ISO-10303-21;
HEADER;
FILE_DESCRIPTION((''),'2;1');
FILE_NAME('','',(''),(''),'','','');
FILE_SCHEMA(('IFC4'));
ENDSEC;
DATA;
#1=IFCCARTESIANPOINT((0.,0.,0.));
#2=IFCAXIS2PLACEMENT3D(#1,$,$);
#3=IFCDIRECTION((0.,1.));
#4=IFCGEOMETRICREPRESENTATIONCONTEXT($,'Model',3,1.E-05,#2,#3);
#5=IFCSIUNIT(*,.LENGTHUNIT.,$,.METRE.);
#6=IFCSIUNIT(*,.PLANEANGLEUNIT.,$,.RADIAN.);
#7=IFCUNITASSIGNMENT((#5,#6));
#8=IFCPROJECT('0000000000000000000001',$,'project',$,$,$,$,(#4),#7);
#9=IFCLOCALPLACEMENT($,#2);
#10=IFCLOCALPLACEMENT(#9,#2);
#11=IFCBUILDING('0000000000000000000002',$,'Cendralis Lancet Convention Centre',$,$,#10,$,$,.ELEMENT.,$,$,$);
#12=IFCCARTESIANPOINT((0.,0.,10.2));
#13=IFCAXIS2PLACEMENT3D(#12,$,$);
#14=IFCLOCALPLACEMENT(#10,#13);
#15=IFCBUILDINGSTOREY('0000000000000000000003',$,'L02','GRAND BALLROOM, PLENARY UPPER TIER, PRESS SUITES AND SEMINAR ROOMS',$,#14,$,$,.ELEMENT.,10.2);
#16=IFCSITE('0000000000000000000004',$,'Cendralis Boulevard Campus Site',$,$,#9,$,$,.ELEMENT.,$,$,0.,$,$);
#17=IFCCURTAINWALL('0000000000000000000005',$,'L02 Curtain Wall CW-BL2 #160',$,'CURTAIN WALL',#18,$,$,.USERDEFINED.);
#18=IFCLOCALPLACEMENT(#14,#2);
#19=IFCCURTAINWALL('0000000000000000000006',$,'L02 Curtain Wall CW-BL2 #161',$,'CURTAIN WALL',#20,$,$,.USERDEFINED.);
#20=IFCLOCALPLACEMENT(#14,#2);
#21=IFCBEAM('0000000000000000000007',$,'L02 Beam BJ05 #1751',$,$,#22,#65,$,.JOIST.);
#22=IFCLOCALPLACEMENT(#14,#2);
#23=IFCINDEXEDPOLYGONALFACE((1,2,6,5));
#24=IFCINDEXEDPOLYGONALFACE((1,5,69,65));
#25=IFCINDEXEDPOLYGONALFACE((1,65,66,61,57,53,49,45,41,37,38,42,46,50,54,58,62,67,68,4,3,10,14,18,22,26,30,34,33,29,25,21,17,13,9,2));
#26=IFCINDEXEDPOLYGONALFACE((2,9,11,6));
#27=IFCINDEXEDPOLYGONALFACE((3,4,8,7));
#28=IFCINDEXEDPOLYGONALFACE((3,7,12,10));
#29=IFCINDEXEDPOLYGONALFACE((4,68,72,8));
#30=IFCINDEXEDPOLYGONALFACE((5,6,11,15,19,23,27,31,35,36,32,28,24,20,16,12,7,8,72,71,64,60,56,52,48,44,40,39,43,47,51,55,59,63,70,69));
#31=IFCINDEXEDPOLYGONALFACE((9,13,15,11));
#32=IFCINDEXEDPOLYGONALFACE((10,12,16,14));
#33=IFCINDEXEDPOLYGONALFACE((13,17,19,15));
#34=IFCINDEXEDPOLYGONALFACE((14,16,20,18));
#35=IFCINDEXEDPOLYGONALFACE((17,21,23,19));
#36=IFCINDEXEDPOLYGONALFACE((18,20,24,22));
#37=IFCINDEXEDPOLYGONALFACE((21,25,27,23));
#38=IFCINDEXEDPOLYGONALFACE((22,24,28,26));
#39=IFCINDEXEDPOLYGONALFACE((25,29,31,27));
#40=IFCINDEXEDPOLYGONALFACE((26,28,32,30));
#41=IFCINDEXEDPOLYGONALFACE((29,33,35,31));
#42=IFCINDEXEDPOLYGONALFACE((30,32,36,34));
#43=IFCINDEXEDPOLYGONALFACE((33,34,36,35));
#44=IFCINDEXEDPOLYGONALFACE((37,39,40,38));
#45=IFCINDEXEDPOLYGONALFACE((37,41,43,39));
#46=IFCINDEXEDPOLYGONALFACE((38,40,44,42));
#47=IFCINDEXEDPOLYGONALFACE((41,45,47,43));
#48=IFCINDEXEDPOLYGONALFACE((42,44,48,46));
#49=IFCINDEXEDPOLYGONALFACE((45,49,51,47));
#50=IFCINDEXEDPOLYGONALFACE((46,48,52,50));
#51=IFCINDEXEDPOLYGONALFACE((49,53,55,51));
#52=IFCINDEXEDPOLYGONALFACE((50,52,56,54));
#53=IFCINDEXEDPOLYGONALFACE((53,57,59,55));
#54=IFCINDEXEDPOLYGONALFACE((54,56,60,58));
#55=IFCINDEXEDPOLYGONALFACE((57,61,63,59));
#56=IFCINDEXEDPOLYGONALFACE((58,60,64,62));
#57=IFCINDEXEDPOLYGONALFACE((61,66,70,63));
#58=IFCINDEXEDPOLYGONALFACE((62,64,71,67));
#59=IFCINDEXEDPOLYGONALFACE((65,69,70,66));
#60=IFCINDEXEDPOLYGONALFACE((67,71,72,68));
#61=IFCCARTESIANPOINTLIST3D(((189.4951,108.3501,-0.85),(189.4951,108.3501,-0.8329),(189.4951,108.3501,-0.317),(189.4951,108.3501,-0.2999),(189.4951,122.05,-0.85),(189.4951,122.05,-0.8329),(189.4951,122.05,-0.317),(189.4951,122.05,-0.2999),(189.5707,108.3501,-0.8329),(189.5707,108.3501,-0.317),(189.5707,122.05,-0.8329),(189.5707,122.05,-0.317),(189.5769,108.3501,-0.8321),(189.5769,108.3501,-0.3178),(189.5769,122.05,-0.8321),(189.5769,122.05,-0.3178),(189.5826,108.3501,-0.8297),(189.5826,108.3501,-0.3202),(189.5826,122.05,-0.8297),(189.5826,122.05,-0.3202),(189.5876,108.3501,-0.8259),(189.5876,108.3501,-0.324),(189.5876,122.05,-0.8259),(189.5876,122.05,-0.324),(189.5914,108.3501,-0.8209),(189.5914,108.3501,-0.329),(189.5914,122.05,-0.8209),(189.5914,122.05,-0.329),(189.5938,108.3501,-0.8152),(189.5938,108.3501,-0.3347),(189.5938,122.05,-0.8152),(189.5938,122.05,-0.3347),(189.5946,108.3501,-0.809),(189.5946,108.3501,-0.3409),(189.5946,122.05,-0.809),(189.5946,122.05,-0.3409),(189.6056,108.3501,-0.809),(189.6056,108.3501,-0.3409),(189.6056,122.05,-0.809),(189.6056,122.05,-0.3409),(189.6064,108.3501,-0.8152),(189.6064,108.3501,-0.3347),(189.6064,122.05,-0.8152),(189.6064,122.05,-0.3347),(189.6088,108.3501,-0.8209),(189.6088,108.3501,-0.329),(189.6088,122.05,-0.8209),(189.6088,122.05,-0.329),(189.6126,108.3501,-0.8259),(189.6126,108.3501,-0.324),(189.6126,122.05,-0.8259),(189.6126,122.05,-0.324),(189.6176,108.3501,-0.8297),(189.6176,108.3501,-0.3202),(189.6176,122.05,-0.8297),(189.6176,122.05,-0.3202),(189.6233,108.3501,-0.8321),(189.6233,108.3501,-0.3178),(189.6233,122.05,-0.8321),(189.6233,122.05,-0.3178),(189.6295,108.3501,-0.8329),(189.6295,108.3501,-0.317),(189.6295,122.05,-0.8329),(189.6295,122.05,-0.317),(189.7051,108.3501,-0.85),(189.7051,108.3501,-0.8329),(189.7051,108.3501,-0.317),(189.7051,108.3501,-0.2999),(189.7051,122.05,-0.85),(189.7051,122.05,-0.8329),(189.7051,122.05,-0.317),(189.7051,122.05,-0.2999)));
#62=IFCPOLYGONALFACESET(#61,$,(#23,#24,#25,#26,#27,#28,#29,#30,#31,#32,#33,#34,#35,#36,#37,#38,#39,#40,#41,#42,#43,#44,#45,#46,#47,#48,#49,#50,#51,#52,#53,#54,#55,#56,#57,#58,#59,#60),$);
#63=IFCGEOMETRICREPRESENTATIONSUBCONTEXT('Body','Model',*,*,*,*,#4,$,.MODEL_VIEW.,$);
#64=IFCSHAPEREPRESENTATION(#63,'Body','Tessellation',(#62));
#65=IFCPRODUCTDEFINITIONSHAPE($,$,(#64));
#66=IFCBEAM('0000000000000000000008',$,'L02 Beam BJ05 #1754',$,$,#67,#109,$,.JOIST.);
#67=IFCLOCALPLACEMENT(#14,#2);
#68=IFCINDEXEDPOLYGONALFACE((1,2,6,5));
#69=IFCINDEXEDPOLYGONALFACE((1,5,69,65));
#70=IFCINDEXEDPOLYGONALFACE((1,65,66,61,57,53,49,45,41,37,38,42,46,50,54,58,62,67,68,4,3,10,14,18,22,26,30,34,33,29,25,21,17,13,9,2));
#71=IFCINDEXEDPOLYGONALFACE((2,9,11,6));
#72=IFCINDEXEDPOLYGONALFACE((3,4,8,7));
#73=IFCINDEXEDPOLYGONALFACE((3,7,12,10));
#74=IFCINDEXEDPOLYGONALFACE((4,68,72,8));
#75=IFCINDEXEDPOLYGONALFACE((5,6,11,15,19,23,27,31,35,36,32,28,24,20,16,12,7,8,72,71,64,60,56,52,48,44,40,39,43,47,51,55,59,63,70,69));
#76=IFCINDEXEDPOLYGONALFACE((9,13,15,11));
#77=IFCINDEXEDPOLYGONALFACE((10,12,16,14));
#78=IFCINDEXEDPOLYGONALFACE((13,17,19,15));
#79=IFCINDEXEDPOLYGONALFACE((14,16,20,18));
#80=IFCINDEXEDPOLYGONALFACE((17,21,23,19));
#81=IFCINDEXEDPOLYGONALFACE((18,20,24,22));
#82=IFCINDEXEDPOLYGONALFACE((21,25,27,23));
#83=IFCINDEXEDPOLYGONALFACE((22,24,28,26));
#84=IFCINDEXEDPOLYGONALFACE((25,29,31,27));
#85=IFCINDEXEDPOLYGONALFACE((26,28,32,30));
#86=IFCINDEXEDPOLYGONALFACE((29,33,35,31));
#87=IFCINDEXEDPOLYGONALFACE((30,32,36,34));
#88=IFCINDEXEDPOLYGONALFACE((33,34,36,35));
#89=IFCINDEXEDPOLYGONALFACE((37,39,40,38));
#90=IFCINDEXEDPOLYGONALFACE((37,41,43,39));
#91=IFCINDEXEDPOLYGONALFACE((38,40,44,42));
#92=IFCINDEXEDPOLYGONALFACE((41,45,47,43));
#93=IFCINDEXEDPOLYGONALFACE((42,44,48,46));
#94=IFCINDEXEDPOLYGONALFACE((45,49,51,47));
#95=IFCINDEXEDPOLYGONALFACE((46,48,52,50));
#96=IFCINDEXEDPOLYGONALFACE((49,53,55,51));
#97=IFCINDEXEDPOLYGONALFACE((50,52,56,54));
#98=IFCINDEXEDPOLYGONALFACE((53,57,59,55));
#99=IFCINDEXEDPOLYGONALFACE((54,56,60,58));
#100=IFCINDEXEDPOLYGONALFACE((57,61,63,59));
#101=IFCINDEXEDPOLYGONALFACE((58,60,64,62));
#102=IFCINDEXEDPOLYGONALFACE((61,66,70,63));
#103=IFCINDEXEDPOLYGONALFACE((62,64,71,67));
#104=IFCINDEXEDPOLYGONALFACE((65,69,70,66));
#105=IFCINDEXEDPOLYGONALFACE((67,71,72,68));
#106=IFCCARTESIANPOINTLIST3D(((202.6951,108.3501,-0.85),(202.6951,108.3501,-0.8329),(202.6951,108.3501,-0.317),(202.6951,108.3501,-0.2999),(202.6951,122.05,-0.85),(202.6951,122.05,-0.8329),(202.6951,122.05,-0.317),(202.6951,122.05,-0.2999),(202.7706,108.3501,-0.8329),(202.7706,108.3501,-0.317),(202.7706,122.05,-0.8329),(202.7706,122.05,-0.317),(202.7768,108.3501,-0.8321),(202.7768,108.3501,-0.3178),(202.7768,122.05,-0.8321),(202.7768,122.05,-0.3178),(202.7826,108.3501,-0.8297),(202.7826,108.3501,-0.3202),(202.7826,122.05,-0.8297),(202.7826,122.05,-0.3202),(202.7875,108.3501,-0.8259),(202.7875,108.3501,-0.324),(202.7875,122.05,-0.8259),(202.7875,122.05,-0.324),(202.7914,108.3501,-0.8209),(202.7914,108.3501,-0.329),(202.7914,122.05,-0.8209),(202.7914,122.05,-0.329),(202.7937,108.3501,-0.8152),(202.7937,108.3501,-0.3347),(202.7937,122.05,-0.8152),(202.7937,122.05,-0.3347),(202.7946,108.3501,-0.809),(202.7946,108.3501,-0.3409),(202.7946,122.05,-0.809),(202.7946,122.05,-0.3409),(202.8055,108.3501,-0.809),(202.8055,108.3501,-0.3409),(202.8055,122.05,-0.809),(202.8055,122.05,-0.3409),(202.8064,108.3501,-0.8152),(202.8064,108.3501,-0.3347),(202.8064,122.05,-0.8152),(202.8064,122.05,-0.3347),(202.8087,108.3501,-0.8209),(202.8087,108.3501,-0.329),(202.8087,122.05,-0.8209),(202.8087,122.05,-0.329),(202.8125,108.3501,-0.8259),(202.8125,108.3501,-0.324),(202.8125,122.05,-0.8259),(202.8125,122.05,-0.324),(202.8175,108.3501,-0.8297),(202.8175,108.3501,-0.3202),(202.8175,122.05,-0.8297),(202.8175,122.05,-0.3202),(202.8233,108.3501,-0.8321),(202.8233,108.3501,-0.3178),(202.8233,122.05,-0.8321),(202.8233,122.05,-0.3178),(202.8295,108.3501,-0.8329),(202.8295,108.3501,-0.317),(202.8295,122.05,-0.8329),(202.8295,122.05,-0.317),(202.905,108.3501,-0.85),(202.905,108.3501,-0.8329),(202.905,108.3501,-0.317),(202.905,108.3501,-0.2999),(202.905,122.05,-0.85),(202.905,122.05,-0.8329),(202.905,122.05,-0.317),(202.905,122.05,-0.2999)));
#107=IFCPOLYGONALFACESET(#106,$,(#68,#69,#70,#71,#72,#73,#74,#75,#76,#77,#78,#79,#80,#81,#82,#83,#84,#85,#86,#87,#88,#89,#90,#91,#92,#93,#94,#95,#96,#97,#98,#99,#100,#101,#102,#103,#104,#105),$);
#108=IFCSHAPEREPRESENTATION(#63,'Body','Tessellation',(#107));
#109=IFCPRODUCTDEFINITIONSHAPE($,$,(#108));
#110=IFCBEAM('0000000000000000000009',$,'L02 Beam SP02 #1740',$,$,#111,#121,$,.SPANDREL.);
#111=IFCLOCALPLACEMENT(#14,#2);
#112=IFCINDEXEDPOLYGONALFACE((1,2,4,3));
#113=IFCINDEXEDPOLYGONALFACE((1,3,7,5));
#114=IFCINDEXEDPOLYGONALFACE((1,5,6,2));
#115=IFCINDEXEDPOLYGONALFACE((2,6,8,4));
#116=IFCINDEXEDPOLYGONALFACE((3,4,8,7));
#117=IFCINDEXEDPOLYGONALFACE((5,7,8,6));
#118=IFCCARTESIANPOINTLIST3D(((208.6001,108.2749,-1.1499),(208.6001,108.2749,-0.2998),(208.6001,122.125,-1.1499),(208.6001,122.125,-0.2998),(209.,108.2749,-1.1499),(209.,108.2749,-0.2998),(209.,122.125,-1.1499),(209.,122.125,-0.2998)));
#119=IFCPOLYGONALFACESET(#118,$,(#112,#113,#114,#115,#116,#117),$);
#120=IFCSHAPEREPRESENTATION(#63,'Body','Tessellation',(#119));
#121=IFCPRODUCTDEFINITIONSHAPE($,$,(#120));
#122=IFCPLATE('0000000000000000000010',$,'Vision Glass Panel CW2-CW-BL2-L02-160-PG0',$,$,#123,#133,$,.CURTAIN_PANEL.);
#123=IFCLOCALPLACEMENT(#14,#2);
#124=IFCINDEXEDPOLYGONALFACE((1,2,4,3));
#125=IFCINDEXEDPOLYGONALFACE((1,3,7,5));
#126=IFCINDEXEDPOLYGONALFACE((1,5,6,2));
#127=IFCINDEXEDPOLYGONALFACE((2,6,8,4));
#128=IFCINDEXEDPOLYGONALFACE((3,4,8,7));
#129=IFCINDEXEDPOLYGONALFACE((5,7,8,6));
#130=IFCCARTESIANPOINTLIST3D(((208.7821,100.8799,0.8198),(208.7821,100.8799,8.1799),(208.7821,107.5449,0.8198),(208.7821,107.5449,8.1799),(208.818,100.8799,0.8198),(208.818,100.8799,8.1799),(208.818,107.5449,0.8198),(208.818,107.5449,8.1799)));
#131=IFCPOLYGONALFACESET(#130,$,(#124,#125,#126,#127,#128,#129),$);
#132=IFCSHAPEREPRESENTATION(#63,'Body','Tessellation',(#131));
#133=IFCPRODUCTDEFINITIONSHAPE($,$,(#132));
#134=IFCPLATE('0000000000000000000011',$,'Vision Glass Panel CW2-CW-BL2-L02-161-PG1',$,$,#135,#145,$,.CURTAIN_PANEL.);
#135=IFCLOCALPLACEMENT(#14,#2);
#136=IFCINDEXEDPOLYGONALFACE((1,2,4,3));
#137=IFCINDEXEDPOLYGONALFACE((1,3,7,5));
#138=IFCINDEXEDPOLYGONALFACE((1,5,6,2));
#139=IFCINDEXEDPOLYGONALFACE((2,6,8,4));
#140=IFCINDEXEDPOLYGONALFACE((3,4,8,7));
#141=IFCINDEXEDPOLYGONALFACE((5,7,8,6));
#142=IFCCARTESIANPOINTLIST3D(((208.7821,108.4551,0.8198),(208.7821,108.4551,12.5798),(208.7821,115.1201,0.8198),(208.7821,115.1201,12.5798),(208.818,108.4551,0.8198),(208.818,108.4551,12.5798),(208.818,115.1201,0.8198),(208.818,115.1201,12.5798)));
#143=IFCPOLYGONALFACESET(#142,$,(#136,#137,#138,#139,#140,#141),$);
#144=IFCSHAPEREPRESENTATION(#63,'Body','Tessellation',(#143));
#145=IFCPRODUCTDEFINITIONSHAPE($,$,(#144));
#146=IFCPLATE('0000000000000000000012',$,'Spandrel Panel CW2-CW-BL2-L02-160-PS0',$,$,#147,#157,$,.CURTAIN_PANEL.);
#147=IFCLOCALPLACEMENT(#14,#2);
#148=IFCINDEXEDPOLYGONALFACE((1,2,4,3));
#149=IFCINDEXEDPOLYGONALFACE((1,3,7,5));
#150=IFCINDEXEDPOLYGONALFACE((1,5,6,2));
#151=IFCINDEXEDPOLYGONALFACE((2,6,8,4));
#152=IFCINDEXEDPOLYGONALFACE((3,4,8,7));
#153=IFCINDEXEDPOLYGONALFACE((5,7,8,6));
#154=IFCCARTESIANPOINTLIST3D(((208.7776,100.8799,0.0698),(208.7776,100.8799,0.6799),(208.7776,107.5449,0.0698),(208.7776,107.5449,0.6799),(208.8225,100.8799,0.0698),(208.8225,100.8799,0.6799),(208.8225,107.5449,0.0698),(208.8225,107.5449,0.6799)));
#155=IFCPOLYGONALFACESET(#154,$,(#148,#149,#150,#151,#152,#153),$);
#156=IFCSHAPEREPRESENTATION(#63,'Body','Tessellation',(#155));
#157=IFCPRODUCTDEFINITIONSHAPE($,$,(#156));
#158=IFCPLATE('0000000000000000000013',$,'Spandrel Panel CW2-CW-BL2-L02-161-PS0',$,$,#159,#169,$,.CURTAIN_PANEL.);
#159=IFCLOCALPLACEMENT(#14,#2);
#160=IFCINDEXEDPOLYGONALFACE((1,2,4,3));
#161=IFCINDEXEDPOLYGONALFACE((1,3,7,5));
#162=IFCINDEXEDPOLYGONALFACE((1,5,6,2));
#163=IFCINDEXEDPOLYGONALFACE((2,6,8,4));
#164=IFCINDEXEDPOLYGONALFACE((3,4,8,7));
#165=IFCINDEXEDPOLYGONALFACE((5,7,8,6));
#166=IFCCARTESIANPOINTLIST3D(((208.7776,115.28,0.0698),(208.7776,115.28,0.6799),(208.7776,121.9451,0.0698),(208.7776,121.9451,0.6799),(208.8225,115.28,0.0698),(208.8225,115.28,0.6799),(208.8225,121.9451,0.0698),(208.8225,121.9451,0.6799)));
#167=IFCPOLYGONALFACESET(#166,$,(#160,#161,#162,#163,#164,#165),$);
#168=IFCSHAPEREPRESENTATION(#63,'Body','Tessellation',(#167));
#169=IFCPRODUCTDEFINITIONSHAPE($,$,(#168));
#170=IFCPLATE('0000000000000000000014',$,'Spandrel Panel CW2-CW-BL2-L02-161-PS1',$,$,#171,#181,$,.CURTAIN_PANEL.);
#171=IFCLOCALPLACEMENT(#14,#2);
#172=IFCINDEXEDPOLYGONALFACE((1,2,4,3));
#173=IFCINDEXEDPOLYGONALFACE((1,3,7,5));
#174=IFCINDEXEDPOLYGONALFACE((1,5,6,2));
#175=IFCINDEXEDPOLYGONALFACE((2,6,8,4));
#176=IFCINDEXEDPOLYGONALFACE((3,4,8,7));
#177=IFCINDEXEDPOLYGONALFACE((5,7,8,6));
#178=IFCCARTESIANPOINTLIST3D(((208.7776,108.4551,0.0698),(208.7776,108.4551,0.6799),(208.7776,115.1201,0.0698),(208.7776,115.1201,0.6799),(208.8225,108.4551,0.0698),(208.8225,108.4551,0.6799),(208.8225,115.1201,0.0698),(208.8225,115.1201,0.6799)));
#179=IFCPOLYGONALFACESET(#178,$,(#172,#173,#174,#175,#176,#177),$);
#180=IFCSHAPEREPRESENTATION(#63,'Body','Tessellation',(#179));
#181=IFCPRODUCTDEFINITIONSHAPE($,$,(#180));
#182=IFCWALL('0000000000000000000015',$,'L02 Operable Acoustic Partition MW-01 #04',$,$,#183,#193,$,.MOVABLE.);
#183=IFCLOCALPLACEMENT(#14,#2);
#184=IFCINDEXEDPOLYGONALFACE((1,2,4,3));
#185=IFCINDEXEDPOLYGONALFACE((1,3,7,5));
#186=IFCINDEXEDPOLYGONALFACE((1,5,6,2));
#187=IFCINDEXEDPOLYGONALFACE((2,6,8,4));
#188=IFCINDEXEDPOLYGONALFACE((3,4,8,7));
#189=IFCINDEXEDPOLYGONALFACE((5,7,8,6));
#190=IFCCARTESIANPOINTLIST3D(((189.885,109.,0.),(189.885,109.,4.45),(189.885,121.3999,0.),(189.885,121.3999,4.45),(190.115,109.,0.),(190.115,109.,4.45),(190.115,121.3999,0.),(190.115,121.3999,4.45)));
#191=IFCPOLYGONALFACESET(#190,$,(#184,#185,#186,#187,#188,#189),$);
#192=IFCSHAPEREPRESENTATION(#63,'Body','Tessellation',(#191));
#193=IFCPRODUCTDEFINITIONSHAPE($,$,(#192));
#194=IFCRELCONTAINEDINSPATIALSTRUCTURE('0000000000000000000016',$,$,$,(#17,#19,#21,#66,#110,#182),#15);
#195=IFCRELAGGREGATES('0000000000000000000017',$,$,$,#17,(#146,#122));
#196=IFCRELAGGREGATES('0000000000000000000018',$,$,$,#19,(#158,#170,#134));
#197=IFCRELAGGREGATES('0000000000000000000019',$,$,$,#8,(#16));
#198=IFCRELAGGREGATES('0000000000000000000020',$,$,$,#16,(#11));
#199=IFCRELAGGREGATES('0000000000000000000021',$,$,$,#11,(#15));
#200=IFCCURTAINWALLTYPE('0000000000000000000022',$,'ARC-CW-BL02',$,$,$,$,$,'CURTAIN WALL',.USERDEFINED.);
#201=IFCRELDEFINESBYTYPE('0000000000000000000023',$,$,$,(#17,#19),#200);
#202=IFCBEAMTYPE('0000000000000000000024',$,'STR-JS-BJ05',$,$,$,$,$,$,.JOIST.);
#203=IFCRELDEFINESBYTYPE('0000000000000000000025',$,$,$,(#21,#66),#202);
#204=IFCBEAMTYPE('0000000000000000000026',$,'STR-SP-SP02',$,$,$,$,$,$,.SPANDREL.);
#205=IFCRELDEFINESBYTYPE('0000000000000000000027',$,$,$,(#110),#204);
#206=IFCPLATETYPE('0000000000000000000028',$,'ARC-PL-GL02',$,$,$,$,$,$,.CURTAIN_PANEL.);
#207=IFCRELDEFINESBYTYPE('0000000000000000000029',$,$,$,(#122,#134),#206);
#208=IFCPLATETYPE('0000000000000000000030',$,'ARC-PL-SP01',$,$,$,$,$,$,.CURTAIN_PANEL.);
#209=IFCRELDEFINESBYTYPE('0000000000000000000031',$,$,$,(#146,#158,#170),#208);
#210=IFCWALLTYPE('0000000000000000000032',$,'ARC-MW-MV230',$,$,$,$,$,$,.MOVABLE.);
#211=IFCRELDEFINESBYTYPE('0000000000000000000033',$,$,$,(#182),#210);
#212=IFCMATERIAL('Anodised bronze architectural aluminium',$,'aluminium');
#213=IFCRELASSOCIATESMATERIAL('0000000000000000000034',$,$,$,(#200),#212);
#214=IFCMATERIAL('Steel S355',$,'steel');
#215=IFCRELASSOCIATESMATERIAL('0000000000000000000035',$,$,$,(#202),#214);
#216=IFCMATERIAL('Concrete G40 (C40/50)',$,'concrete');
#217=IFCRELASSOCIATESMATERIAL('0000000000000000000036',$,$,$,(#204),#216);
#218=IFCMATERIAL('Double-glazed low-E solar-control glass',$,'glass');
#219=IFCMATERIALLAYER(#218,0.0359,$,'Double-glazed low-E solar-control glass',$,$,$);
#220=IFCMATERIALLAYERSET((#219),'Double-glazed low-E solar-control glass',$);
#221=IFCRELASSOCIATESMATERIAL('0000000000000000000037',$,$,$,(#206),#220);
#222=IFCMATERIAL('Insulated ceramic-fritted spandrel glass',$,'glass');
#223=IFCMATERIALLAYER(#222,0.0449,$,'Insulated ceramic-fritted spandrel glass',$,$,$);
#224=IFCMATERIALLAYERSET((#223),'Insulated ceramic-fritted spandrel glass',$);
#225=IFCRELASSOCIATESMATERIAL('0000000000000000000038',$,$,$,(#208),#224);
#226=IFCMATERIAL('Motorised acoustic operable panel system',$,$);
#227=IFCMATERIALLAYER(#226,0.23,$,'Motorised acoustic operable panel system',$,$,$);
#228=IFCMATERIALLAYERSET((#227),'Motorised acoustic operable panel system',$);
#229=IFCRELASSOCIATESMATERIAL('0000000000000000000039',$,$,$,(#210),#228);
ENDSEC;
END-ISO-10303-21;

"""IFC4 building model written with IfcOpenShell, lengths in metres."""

from ifc_helpers import new_model, si_unit, direction, frame, frame_2d, origin, origin_2d, place, context, subcontext, project, spatial, rectangle, i_section, extrude, material, layer, layer_set, material_profile, profile_set, type_object, element, aggregate, save


model = new_model("IFC4")

# Units and contexts
model_context = context("Model", 3, precision=1e-05, world=origin(), true_north=direction((0.0, 1.0)))
body_context = subcontext(model_context, "Body", "Model", "MODEL_VIEW")
ifc_project = project(units=[si_unit("LENGTHUNIT", "METRE"), si_unit("PLANEANGLEUNIT", "RADIAN")], contexts=[model_context])

# Site, building, storey
site_placement = place(None, origin())
site = spatial("IfcSite", under=ifc_project, at=site_placement, Name="Cendralis Boulevard Campus Site", CompositionType="ELEMENT", RefElevation=0.0)
building_placement = place(site_placement, origin())
building = spatial("IfcBuilding", under=site, at=building_placement, Name="Cendralis Lancet Convention Centre", CompositionType="ELEMENT")
storey_placement = place(building_placement, frame((0.0, 0.0, 10.2)))
storey = spatial("IfcBuildingStorey", under=building, at=storey_placement, Name="L02", Description="GRAND BALLROOM, PLENARY UPPER TIER, PRESS SUITES AND SEMINAR ROOMS", CompositionType="ELEMENT", Elevation=10.2)

# Shared definitions
ifc_material_1 = material(Name="Steel S355", Category="steel")

# Curtain walls
ifc_material_2 = material(Name="Anodised bronze architectural aluminium", Category="aluminium")
curtain_wall_type = type_object("IfcCurtainWallType", Name="ARC-CW-BL02", ElementType="CURTAIN WALL", PredefinedType="USERDEFINED", material=ifc_material_2)
curtain_wall_1_placement = place(storey_placement, origin())
curtain_wall_1 = element("IfcCurtainWall", 1, at=curtain_wall_1_placement, inside=storey, type_object=curtain_wall_type, Name="L02 Curtain Wall CW-BL2 #160", ObjectType="CURTAIN WALL", PredefinedType="USERDEFINED")
curtain_wall_2_placement = place(storey_placement, origin())
curtain_wall_2 = element("IfcCurtainWall", 2, at=curtain_wall_2_placement, inside=storey, type_object=curtain_wall_type, Name="L02 Curtain Wall CW-BL2 #161", ObjectType="CURTAIN WALL", PredefinedType="USERDEFINED")

# Beams
ifc_material_3 = material(Name="Concrete G40 (C40/50)", Category="concrete")
ifc_material_profile_1 = material_profile(ifc_material_1, i_section(OverallWidth=0.21, OverallDepth=0.55, WebThickness=0.011, FlangeThickness=0.0171, FilletRadius=0.0239, at=origin_2d()), Name="IPE 550")
ifc_profile_set_1 = profile_set([ifc_material_profile_1], Name="Steel S355")
beam_type_1 = type_object("IfcBeamType", Name="STR-JS-BJ05", PredefinedType="JOIST", material=ifc_profile_set_1)
for number, where, z_axis, x_axis, name in (
    (3, (189.6001, 108.3501, -0.575), (0.0, 1.0, 0.0), (-1.0, 0.0, 0.0), "L02 Beam BJ05 #1751"),
    (4, (202.8, 108.3501, -0.575), (0.0, 1.0, 0.0), (-1.0, 0.0, 0.0), "L02 Beam BJ05 #1754"),
):
    element("IfcBeam", number, at=place(storey_placement, frame(where, z_axis=z_axis, x_axis=x_axis)), inside=storey, type_object=beam_type_1, Name=name, PredefinedType="JOIST", context=body_context, shape_type="SweptSolid", body=[
        extrude(i_section(OverallWidth=0.21, OverallDepth=0.55, WebThickness=0.011, FlangeThickness=0.0171, FilletRadius=0.0239, at=origin_2d()), origin(), (0.0, 0.0, 1.0), 13.7),
    ])
ifc_material_profile_2 = material_profile(ifc_material_3, rectangle(XDim=0.3999, YDim=0.8501, at=origin_2d()), Name="RCB 400x850")
ifc_profile_set_2 = profile_set([ifc_material_profile_2], Name="Concrete G40 (C40/50)")
beam_type_2 = type_object("IfcBeamType", Name="STR-SP-SP02", PredefinedType="SPANDREL", material=ifc_profile_set_2)
beam_1_placement = place(storey_placement, frame((208.8, 108.2749, -0.7249), z_axis=(0.0, 1.0, 0.0), x_axis=(-1.0, 0.0, 0.0)))
element("IfcBeam", 5, at=beam_1_placement, inside=storey, type_object=beam_type_2, Name="L02 Beam SP02 #1740", PredefinedType="SPANDREL", context=body_context, shape_type="SweptSolid", body=[
    extrude(rectangle(XDim=0.3999, YDim=0.8501, at=origin_2d()), origin(), (0.0, 0.0, 1.0), 13.8501),
])

# Plates
ifc_material_4 = material(Name="Double-glazed low-E solar-control glass", Category="glass")
ifc_layer_1 = layer(ifc_material_4, 0.0359, Name="Double-glazed low-E solar-control glass")
ifc_layer_set_1 = layer_set([ifc_layer_1], Name="Double-glazed low-E solar-control glass")
plate_type_1 = type_object("IfcPlateType", Name="ARC-PL-GL02", PredefinedType="CURTAIN_PANEL", material=ifc_layer_set_1)
plate_1_placement = place(storey_placement, frame((208.8, 104.2124, 0.8198), z_axis=(0.0, 0.0, 1.0), x_axis=(0.0, -1.0, 0.0)))
plate_1 = element("IfcPlate", 6, at=plate_1_placement, type_object=plate_type_1, Name="Vision Glass Panel CW2-CW-BL2-L02-160-PG0", PredefinedType="CURTAIN_PANEL", context=body_context, shape_type="SweptSolid", body=[
    extrude(rectangle(XDim=6.665, YDim=0.0359, at=origin_2d()), origin(), (0.0, 0.0, 1.0), 7.3601),
])
plate_2_placement = place(storey_placement, frame((208.8, 111.7876, 0.8198), z_axis=(0.0, 0.0, 1.0), x_axis=(0.0, -1.0, 0.0)))
plate_2 = element("IfcPlate", 7, at=plate_2_placement, type_object=plate_type_1, Name="Vision Glass Panel CW2-CW-BL2-L02-161-PG1", PredefinedType="CURTAIN_PANEL", context=body_context, shape_type="SweptSolid", body=[
    extrude(rectangle(XDim=6.665, YDim=0.0359, at=origin_2d()), origin(), (0.0, 0.0, 1.0), 11.76),
])
ifc_material_5 = material(Name="Insulated ceramic-fritted spandrel glass", Category="glass")
ifc_layer_2 = layer(ifc_material_5, 0.0449, Name="Insulated ceramic-fritted spandrel glass")
ifc_layer_set_2 = layer_set([ifc_layer_2], Name="Insulated ceramic-fritted spandrel glass")
plate_type_2 = type_object("IfcPlateType", Name="ARC-PL-SP01", PredefinedType="CURTAIN_PANEL", material=ifc_layer_set_2)
plate_3_placement = place(storey_placement, frame((208.8, 104.2124, 0.0698), z_axis=(0.0, 0.0, 1.0), x_axis=(0.0, -1.0, 0.0)))
plate_3 = element("IfcPlate", 8, at=plate_3_placement, type_object=plate_type_2, Name="Spandrel Panel CW2-CW-BL2-L02-160-PS0", PredefinedType="CURTAIN_PANEL", context=body_context, shape_type="SweptSolid", body=[
    extrude(rectangle(XDim=6.665, YDim=0.0449, at=origin_2d()), origin(), (0.0, 0.0, 1.0), 0.6101),
])
aggregate(curtain_wall_1, [plate_3, plate_1])
plate_4_placement = place(storey_placement, frame((208.8, 118.6125, 0.0698), z_axis=(0.0, 0.0, 1.0), x_axis=(0.0, -1.0, 0.0)))
plate_4 = element("IfcPlate", 9, at=plate_4_placement, type_object=plate_type_2, Name="Spandrel Panel CW2-CW-BL2-L02-161-PS0", PredefinedType="CURTAIN_PANEL", context=body_context, shape_type="SweptSolid", body=[
    extrude(rectangle(XDim=6.665, YDim=0.0449, at=origin_2d()), origin(), (0.0, 0.0, 1.0), 0.6101),
])
plate_5_placement = place(storey_placement, frame((208.8, 111.7876, 0.0698), z_axis=(0.0, 0.0, 1.0), x_axis=(0.0, -1.0, 0.0)))
plate_5 = element("IfcPlate", 10, at=plate_5_placement, type_object=plate_type_2, Name="Spandrel Panel CW2-CW-BL2-L02-161-PS1", PredefinedType="CURTAIN_PANEL", context=body_context, shape_type="SweptSolid", body=[
    extrude(rectangle(XDim=6.665, YDim=0.0449, at=origin_2d()), origin(), (0.0, 0.0, 1.0), 0.6101),
])
aggregate(curtain_wall_2, [plate_4, plate_5, plate_2])

# Wall
ifc_material_6 = material(Name="Motorised acoustic operable panel system")
ifc_layer_3 = layer(ifc_material_6, 0.23, Name="Motorised acoustic operable panel system")
ifc_layer_set_3 = layer_set([ifc_layer_3], Name="Motorised acoustic operable panel system")
wall_type = type_object("IfcWallType", Name="ARC-MW-MV230", PredefinedType="MOVABLE", material=ifc_layer_set_3)
wall_placement = place(storey_placement, frame((190.0, 109.0, 0.0), z_axis=(0.0, 0.0, 1.0), x_axis=(0.0, 1.0, 0.0)))
element("IfcWall", 11, at=wall_placement, inside=storey, type_object=wall_type, Name="L02 Operable Acoustic Partition MW-01 #04", PredefinedType="MOVABLE", context=body_context, shape_type="SweptSolid", body=[
    extrude(rectangle(XDim=12.3999, YDim=0.23, at=frame_2d((6.2, 0.0))), origin(), (0.0, 0.0, 1.0), 4.45),
])

save(model, "model.ifc")
